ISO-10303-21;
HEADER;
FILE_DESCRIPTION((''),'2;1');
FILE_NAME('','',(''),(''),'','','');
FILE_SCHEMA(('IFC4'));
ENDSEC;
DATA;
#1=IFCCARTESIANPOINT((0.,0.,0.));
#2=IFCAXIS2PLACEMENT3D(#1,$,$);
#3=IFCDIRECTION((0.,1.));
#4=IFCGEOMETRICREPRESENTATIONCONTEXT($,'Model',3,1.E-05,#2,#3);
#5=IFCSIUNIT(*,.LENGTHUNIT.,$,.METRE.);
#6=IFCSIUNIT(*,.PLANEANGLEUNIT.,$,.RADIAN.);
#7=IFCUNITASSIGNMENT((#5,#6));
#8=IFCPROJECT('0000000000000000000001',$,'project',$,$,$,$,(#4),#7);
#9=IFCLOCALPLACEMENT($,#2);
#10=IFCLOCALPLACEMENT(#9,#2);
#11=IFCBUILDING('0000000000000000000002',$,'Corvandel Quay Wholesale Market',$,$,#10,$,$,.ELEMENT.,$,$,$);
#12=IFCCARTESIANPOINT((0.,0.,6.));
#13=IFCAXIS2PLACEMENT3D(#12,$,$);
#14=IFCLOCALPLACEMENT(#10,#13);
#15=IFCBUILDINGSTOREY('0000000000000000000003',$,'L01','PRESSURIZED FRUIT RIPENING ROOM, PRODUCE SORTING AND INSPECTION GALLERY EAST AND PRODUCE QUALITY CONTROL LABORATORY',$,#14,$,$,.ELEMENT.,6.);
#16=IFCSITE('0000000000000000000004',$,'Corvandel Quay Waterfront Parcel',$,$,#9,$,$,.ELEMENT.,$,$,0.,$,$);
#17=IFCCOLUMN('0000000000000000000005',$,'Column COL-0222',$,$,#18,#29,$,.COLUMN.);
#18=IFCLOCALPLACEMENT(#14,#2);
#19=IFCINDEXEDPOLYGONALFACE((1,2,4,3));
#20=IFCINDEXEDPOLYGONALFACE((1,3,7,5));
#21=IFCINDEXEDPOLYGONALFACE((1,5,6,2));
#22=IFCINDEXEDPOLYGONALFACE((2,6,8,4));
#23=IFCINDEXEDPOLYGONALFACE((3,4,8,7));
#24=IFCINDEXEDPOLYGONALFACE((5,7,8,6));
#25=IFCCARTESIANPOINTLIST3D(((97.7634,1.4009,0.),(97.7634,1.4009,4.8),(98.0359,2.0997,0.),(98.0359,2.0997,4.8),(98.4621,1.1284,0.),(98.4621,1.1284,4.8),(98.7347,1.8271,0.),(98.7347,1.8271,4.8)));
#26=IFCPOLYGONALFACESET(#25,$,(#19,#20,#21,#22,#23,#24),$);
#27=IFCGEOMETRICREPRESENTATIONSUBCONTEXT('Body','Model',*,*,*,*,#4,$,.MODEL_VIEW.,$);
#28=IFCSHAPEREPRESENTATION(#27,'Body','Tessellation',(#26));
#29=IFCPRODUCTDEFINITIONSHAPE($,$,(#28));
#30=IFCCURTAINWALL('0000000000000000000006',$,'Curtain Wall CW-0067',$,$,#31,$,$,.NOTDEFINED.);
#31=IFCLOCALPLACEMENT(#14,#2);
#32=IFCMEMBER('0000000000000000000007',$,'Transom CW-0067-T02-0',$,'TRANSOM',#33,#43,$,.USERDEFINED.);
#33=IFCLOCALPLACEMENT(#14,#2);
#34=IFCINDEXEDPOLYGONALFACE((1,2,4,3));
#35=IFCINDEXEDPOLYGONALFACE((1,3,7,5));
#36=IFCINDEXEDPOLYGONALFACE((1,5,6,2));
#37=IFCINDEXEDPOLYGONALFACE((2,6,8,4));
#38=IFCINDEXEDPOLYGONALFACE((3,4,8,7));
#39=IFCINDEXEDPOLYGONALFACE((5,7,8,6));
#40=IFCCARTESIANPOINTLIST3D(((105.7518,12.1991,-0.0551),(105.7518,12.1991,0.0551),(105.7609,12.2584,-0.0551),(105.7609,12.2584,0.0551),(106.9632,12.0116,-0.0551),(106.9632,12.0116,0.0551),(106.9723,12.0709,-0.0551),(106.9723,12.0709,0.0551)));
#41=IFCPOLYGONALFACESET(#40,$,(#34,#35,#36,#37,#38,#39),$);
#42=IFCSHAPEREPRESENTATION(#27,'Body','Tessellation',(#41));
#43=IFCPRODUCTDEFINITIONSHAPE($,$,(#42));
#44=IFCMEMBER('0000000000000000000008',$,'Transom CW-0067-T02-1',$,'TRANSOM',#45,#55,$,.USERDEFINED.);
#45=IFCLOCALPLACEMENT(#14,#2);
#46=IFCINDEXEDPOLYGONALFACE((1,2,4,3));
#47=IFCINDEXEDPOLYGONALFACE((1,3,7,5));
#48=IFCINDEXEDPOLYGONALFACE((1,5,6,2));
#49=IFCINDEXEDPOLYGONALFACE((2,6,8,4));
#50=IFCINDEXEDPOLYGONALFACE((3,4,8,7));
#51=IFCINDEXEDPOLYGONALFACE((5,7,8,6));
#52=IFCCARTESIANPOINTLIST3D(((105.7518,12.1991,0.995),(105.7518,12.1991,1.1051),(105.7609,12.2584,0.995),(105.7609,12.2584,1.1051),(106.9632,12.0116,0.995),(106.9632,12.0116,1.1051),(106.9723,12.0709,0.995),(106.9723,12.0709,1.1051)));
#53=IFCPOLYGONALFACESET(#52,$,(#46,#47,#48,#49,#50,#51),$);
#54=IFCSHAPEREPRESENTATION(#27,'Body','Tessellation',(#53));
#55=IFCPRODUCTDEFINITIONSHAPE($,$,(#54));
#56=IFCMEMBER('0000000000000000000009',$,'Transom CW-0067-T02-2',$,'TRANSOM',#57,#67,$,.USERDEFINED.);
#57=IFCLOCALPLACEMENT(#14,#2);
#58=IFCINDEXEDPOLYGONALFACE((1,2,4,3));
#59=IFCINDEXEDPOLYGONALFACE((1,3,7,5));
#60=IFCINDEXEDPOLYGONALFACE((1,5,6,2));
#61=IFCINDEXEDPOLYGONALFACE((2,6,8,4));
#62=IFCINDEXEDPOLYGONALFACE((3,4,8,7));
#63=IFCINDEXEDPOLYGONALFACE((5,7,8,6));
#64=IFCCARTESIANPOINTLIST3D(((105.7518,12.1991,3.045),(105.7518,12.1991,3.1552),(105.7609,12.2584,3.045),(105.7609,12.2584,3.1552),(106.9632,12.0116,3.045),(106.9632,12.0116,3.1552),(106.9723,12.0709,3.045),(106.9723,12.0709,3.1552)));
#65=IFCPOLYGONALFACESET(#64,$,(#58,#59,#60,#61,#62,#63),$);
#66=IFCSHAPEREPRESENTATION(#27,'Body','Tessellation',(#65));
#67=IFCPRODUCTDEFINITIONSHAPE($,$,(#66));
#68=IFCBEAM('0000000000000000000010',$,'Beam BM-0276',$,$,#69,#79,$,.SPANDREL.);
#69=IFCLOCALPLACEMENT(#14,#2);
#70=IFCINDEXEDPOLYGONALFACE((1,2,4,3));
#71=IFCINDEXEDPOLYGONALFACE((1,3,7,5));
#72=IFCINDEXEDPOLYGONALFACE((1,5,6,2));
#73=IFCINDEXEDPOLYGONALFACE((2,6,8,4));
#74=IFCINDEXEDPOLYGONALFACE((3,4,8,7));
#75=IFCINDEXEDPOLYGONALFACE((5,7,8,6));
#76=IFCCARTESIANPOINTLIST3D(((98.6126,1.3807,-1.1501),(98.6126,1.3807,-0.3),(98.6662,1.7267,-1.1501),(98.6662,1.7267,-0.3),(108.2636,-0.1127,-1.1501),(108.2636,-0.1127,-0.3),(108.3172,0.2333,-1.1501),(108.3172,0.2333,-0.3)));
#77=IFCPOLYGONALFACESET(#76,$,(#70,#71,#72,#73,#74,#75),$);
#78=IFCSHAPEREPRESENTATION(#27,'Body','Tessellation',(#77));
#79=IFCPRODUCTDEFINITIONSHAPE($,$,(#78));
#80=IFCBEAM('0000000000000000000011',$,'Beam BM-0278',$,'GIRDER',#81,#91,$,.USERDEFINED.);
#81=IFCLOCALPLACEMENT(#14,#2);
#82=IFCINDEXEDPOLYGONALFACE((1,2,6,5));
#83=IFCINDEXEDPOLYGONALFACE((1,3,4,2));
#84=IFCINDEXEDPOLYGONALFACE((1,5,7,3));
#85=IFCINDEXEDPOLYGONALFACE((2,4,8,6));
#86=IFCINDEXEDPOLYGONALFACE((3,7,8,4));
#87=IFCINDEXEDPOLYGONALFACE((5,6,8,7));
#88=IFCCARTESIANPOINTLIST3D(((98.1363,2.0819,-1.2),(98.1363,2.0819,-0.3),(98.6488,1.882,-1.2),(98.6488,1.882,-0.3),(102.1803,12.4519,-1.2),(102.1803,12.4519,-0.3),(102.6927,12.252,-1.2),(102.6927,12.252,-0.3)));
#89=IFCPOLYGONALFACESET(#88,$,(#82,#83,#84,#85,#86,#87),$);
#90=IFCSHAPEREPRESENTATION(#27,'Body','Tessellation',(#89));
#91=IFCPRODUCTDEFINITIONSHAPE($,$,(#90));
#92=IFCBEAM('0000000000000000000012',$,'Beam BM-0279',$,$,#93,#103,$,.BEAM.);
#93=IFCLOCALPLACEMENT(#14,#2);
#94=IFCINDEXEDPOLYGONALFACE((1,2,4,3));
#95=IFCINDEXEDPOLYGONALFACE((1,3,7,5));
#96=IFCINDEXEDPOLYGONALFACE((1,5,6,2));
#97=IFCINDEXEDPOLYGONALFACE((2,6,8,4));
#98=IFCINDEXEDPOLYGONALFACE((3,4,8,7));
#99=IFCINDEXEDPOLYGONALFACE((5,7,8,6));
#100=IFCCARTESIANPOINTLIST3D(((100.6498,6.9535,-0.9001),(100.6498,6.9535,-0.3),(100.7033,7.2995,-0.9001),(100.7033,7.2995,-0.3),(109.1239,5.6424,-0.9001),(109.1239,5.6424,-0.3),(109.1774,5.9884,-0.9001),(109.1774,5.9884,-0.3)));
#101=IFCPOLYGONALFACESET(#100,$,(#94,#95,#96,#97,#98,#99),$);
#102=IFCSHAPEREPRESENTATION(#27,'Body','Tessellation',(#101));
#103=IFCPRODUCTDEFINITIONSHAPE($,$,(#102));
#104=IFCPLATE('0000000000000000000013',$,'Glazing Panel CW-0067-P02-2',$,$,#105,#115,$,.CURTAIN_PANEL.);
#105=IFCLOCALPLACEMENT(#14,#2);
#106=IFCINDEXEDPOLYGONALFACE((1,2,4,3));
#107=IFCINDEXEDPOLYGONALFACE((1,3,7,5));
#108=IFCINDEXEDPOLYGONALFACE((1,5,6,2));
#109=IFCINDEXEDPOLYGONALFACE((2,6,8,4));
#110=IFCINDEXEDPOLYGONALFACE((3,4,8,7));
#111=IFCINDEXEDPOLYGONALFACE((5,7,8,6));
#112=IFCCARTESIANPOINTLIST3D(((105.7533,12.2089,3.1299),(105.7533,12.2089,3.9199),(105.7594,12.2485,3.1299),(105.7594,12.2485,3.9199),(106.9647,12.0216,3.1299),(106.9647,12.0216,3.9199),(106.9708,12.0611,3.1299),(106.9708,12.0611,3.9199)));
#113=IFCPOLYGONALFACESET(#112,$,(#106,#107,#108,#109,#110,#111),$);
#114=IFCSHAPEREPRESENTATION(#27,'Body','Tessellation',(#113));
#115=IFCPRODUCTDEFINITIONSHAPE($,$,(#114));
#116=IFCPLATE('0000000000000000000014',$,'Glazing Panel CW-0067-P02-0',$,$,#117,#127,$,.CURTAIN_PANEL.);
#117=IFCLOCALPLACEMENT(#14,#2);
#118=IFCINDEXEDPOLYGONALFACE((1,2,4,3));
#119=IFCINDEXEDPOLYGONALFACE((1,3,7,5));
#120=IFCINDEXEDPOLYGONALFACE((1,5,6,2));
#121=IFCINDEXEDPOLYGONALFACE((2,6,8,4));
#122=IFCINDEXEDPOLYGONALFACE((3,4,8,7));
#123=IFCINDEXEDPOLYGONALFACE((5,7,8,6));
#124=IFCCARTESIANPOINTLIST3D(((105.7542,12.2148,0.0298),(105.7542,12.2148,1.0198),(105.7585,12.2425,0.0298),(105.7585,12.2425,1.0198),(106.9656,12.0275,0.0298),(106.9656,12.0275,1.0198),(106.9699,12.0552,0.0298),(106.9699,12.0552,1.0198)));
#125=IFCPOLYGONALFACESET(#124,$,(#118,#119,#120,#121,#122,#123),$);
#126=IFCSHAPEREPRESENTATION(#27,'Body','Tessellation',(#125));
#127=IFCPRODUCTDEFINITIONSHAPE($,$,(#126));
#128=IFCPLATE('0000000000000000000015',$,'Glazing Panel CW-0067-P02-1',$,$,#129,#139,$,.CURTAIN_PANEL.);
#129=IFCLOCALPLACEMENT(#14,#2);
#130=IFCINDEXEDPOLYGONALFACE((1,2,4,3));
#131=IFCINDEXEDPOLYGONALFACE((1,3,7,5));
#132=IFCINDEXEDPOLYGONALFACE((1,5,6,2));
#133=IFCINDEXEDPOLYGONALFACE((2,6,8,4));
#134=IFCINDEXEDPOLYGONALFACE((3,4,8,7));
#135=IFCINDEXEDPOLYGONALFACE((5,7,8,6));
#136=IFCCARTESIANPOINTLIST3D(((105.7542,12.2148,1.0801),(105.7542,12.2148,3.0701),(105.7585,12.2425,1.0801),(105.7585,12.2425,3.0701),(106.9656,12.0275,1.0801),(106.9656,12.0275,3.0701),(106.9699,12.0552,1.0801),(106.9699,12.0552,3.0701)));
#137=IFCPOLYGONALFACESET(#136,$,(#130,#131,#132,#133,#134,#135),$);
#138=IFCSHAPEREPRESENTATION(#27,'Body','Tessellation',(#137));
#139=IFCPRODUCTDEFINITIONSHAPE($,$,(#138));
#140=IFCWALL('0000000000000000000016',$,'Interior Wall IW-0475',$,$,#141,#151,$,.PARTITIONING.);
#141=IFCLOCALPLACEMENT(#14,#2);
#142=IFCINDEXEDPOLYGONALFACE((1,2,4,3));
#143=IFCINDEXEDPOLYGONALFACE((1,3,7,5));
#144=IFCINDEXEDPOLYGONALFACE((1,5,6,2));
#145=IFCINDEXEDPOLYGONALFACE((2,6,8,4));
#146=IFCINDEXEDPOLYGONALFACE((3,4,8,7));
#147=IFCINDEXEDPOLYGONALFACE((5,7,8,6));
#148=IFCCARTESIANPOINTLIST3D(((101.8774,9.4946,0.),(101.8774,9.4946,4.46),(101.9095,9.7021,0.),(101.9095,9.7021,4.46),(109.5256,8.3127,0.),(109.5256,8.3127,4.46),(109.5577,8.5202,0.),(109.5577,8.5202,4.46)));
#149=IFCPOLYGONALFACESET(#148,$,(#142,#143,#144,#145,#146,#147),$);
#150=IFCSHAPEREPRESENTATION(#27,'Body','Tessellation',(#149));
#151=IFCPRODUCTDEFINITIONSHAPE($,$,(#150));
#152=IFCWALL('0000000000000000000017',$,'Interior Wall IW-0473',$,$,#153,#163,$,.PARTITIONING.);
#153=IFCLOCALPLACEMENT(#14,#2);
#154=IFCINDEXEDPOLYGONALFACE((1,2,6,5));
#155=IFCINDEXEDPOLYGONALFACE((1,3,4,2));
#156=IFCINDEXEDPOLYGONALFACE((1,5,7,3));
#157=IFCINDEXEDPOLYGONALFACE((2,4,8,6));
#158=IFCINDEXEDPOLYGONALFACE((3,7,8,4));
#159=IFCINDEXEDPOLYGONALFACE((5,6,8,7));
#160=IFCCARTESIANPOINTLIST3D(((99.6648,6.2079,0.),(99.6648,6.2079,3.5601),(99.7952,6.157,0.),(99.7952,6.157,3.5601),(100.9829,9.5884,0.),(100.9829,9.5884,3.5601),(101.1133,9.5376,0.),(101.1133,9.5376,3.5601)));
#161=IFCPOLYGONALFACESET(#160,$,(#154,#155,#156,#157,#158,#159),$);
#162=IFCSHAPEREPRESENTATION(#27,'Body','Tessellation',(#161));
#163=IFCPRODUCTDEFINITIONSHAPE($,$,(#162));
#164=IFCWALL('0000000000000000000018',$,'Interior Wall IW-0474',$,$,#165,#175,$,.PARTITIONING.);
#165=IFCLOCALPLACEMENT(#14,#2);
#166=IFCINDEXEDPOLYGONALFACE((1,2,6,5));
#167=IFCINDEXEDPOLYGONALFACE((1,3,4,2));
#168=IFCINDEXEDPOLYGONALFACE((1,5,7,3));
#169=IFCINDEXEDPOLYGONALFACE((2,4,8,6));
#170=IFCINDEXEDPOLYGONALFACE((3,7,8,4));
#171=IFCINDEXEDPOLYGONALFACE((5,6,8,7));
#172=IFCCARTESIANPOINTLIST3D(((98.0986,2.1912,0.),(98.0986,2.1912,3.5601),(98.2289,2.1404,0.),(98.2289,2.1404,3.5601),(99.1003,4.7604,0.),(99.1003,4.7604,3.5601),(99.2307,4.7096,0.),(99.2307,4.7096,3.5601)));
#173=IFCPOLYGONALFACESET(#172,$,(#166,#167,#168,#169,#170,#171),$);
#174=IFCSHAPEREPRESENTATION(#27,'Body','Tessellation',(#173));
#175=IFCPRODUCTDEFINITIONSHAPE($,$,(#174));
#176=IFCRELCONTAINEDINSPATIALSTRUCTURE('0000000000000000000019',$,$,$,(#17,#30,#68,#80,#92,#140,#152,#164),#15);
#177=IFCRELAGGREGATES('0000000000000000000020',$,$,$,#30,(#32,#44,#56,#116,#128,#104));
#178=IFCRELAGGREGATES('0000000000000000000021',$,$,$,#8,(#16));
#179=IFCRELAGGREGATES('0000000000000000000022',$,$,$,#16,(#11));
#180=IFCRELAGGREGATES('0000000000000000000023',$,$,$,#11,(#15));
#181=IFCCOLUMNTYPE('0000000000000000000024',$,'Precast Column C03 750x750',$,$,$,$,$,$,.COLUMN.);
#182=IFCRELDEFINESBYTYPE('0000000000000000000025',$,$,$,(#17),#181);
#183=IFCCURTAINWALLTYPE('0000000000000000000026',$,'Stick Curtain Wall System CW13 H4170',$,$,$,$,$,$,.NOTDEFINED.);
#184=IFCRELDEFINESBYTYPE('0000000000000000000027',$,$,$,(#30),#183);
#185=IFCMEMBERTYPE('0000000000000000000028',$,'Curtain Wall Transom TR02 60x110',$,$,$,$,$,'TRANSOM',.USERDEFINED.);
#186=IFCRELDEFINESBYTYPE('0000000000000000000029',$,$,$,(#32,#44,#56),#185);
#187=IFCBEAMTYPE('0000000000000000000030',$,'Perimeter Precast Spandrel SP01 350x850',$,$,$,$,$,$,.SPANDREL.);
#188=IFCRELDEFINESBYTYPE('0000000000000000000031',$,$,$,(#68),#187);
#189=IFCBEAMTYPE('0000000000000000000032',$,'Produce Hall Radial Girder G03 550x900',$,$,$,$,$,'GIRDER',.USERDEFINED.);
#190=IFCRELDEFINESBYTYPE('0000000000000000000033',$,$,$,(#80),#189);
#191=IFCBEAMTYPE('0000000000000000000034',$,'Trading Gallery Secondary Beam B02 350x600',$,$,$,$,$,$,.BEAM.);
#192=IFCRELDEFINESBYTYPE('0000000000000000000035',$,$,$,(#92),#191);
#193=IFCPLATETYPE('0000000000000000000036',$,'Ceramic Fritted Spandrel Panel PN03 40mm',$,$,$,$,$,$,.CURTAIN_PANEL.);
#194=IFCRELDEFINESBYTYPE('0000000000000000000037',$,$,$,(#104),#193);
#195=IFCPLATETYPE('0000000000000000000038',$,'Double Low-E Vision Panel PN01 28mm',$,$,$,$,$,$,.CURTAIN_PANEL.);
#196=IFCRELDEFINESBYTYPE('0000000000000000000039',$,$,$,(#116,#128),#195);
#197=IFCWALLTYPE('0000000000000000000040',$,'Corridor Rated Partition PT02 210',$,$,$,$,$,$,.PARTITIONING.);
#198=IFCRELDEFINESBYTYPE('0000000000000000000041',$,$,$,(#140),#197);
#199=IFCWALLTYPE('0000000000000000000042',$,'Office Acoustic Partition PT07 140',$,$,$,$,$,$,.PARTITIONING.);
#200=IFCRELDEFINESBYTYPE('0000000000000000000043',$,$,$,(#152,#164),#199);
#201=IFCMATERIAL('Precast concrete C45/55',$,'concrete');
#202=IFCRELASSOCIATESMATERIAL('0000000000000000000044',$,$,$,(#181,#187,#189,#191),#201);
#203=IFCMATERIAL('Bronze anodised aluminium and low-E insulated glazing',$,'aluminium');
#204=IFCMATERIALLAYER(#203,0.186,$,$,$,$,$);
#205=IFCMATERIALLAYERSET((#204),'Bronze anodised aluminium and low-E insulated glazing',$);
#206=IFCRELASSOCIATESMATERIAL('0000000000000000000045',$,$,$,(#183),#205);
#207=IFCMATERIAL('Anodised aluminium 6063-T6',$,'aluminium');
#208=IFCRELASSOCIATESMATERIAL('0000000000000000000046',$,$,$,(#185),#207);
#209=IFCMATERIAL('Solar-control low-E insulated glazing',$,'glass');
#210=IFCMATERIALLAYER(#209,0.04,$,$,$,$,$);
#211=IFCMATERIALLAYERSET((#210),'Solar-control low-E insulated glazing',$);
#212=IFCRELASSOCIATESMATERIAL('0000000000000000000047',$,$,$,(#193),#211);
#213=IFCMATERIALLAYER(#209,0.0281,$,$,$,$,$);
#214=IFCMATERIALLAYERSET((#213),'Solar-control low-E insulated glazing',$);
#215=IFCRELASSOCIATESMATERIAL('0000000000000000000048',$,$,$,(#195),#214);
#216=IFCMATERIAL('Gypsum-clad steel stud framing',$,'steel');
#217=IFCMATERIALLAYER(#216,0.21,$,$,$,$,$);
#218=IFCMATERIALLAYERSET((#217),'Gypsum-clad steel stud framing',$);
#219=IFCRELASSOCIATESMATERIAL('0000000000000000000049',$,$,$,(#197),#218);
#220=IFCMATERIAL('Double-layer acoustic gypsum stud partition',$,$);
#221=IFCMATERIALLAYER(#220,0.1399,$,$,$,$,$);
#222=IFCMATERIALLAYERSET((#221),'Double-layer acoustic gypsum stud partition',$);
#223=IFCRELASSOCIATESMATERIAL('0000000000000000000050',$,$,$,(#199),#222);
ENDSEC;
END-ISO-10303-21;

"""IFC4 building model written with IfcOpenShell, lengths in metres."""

from ifc_helpers import new_model, si_unit, direction, frame, frame_2d, origin, origin_2d, place, context, subcontext, project, spatial, rectangle, extrude, material, layer, layer_set, material_profile, profile_set, type_object, element, aggregate, save


model = new_model("IFC4")

# Units and contexts
model_context = context("Model", 3, precision=1e-05, world=origin(), true_north=direction((0.0, 1.0)))
body_context = subcontext(model_context, "Body", "Model", "MODEL_VIEW")
ifc_project = project(units=[si_unit("LENGTHUNIT", "METRE"), si_unit("PLANEANGLEUNIT", "RADIAN")], contexts=[model_context])

# Site, building, storey
site_placement = place(None, origin())
site = spatial("IfcSite", under=ifc_project, at=site_placement, Name="Corvandel Quay Waterfront Parcel", CompositionType="ELEMENT", RefElevation=0.0)
building_placement = place(site_placement, origin())
building = spatial("IfcBuilding", under=site, at=building_placement, Name="Corvandel Quay Wholesale Market", CompositionType="ELEMENT")
storey_placement = place(building_placement, frame((0.0, 0.0, 6.0)))
storey = spatial("IfcBuildingStorey", under=building, at=storey_placement, Name="L01", Description="PRESSURIZED FRUIT RIPENING ROOM, PRODUCE SORTING AND INSPECTION GALLERY EAST AND PRODUCE QUALITY CONTROL LABORATORY", CompositionType="ELEMENT", Elevation=6.0)

# Column
ifc_material_1 = material(Name="Precast concrete C45/55", Category="concrete")
ifc_material_profile_1 = material_profile(ifc_material_1, rectangle(XDim=0.75, YDim=0.75, at=origin_2d()), Name="PC-COL-750x750")
ifc_profile_set_1 = profile_set([ifc_material_profile_1], Name="Precast concrete C45/55")
column_type = type_object("IfcColumnType", Name="Precast Column C03 750x750", PredefinedType="COLUMN", material=ifc_profile_set_1)
column_placement = place(storey_placement, frame((98.249, 1.614, 0.0), z_axis=(0.0, 0.0, 1.0), x_axis=(-0.931628, 0.363414, 0.0)))
element("IfcColumn", 1, at=column_placement, inside=storey, type_object=column_type, Name="Column COL-0222", PredefinedType="COLUMN", context=body_context, shape_type="SweptSolid", body=[
    extrude(rectangle(XDim=0.75, YDim=0.75, at=origin_2d()), origin(), (0.0, 0.0, 1.0), 4.8),
])

# Curtain wall, members
ifc_material_2 = material(Name="Bronze anodised aluminium and low-E insulated glazing", Category="aluminium")
ifc_layer_1 = layer(ifc_material_2, 0.186)
ifc_layer_set_1 = layer_set([ifc_layer_1], Name="Bronze anodised aluminium and low-E insulated glazing")
curtain_wall_type = type_object("IfcCurtainWallType", Name="Stick Curtain Wall System CW13 H4170", PredefinedType="NOTDEFINED", material=ifc_layer_set_1)
curtain_wall_placement = place(storey_placement, origin())
curtain_wall = element("IfcCurtainWall", 2, at=curtain_wall_placement, inside=storey, type_object=curtain_wall_type, Name="Curtain Wall CW-0067", PredefinedType="NOTDEFINED")
ifc_material_3 = material(Name="Anodised aluminium 6063-T6", Category="aluminium")
ifc_material_profile_2 = material_profile(ifc_material_3, rectangle(XDim=0.0601, YDim=0.1101, at=origin_2d()), Name="ALU-TRN-60x110")
ifc_profile_set_2 = profile_set([ifc_material_profile_2], Name="Anodised aluminium 6063-T6")
member_type = type_object("IfcMemberType", Name="Curtain Wall Transom TR02 60x110", ElementType="TRANSOM", PredefinedType="USERDEFINED", material=ifc_profile_set_2)
member_1_placement = place(storey_placement, frame((105.7563, 12.2288, 0.0), z_axis=(0.988233, -0.152955, 0.0), x_axis=(0.152955, 0.988233, 0.0)))
member_1 = element("IfcMember", 3, at=member_1_placement, type_object=member_type, Name="Transom CW-0067-T02-0", ObjectType="TRANSOM", PredefinedType="USERDEFINED", context=body_context, shape_type="SweptSolid", body=[
    extrude(rectangle(XDim=0.0601, YDim=0.1101, at=origin_2d()), origin(), (0.0, 0.0, 1.0), 1.2258),
])
member_2_placement = place(storey_placement, frame((105.7563, 12.2288, 1.05), z_axis=(0.988233, -0.152955, 0.0), x_axis=(0.152955, 0.988233, 0.0)))
member_2 = element("IfcMember", 4, at=member_2_placement, type_object=member_type, Name="Transom CW-0067-T02-1", ObjectType="TRANSOM", PredefinedType="USERDEFINED", context=body_context, shape_type="SweptSolid", body=[
    extrude(rectangle(XDim=0.0601, YDim=0.1101, at=origin_2d()), origin(), (0.0, 0.0, 1.0), 1.2258),
])
member_3_placement = place(storey_placement, frame((105.7563, 12.2288, 3.1001), z_axis=(0.988233, -0.152955, 0.0), x_axis=(0.152955, 0.988233, 0.0)))
member_3 = element("IfcMember", 5, at=member_3_placement, type_object=member_type, Name="Transom CW-0067-T02-2", ObjectType="TRANSOM", PredefinedType="USERDEFINED", context=body_context, shape_type="SweptSolid", body=[
    extrude(rectangle(XDim=0.0601, YDim=0.1101, at=origin_2d()), origin(), (0.0, 0.0, 1.0), 1.2258),
])

# Beams
ifc_material_profile_3 = material_profile(ifc_material_1, rectangle(XDim=0.3501, YDim=0.8501, at=origin_2d()), Name="PC-SPN-350x850")
ifc_profile_set_3 = profile_set([ifc_material_profile_3], Name="Precast concrete C45/55")
beam_type_1 = type_object("IfcBeamType", Name="Perimeter Precast Spandrel SP01 350x850", PredefinedType="SPANDREL", material=ifc_profile_set_3)
beam_1_placement = place(storey_placement, frame((98.6394, 1.5537, -0.7251), z_axis=(0.988239, -0.152919, 0.0), x_axis=(0.152919, 0.988239, 0.0)))
element("IfcBeam", 6, at=beam_1_placement, inside=storey, type_object=beam_type_1, Name="Beam BM-0276", PredefinedType="SPANDREL", context=body_context, shape_type="SweptSolid", body=[
    extrude(rectangle(XDim=0.3501, YDim=0.8501, at=origin_2d()), origin(), (0.0, 0.0, 1.0), 9.7659),
])
ifc_material_profile_4 = material_profile(ifc_material_1, rectangle(XDim=0.55, YDim=0.8999, at=origin_2d()), Name="PC-GIR-550x900")
ifc_profile_set_4 = profile_set([ifc_material_profile_4], Name="Precast concrete C45/55")
beam_type_2 = type_object("IfcBeamType", Name="Produce Hall Radial Girder G03 550x900", ElementType="GIRDER", PredefinedType="USERDEFINED", material=ifc_profile_set_4)
beam_2_placement = place(storey_placement, frame((98.3926, 1.9819, -0.75), z_axis=(0.363314, 0.931667, 0.0), x_axis=(-0.931667, 0.363314, 0.0)))
element("IfcBeam", 7, at=beam_2_placement, inside=storey, type_object=beam_type_2, Name="Beam BM-0278", ObjectType="GIRDER", PredefinedType="USERDEFINED", context=body_context, shape_type="SweptSolid", body=[
    extrude(rectangle(XDim=0.55, YDim=0.8999, at=origin_2d()), origin(), (0.0, 0.0, 1.0), 11.1306),
])
ifc_material_profile_5 = material_profile(ifc_material_1, rectangle(XDim=0.3501, YDim=0.6001, at=origin_2d()), Name="PC-BM-350x600")
ifc_profile_set_5 = profile_set([ifc_material_profile_5], Name="Precast concrete C45/55")
beam_type_3 = type_object("IfcBeamType", Name="Trading Gallery Secondary Beam B02 350x600", PredefinedType="BEAM", material=ifc_profile_set_5)
beam_3_placement = place(storey_placement, frame((100.6765, 7.1265, -0.6001), z_axis=(0.988243, -0.152892, 0.0), x_axis=(0.152892, 0.988243, 0.0)))
element("IfcBeam", 8, at=beam_3_placement, inside=storey, type_object=beam_type_3, Name="Beam BM-0279", PredefinedType="BEAM", context=body_context, shape_type="SweptSolid", body=[
    extrude(rectangle(XDim=0.3501, YDim=0.6001, at=origin_2d()), origin(), (0.0, 0.0, 1.0), 8.575),
])

# Plates
ifc_material_4 = material(Name="Solar-control low-E insulated glazing", Category="glass")
ifc_layer_2 = layer(ifc_material_4, 0.04)
ifc_layer_set_2 = layer_set([ifc_layer_2], Name="Solar-control low-E insulated glazing")
plate_type_1 = type_object("IfcPlateType", Name="Ceramic Fritted Spandrel Panel PN03 40mm", PredefinedType="CURTAIN_PANEL", material=ifc_layer_set_2)
plate_1_placement = place(storey_placement, frame((106.3621, 12.135, 3.1299), z_axis=(0.0, 0.0, 1.0), x_axis=(-0.988255, 0.152813, 0.0)))
plate_1 = element("IfcPlate", 9, at=plate_1_placement, type_object=plate_type_1, Name="Glazing Panel CW-0067-P02-2", PredefinedType="CURTAIN_PANEL", context=body_context, shape_type="SweptSolid", body=[
    extrude(rectangle(XDim=1.2258, YDim=0.04, at=origin_2d()), origin(), (0.0, 0.0, 1.0), 0.79),
])
ifc_layer_3 = layer(ifc_material_4, 0.0281)
ifc_layer_set_3 = layer_set([ifc_layer_3], Name="Solar-control low-E insulated glazing")
plate_type_2 = type_object("IfcPlateType", Name="Double Low-E Vision Panel PN01 28mm", PredefinedType="CURTAIN_PANEL", material=ifc_layer_set_3)
plate_2_placement = place(storey_placement, frame((106.3621, 12.135, 0.0298), z_axis=(0.0, 0.0, 1.0), x_axis=(-0.988255, 0.152813, 0.0)))
plate_2 = element("IfcPlate", 10, at=plate_2_placement, type_object=plate_type_2, Name="Glazing Panel CW-0067-P02-0", PredefinedType="CURTAIN_PANEL", context=body_context, shape_type="SweptSolid", body=[
    extrude(rectangle(XDim=1.2258, YDim=0.0281, at=origin_2d()), origin(), (0.0, 0.0, 1.0), 0.99),
])
plate_3_placement = place(storey_placement, frame((106.3621, 12.135, 1.0801), z_axis=(0.0, 0.0, 1.0), x_axis=(-0.988255, 0.152813, 0.0)))
plate_3 = element("IfcPlate", 11, at=plate_3_placement, type_object=plate_type_2, Name="Glazing Panel CW-0067-P02-1", PredefinedType="CURTAIN_PANEL", context=body_context, shape_type="SweptSolid", body=[
    extrude(rectangle(XDim=1.2258, YDim=0.0281, at=origin_2d()), origin(), (0.0, 0.0, 1.0), 1.99),
])
aggregate(curtain_wall, [member_1, member_2, member_3, plate_2, plate_3, plate_1])

# Walls
ifc_material_5 = material(Name="Gypsum-clad steel stud framing", Category="steel")
ifc_layer_4 = layer(ifc_material_5, 0.21)
ifc_layer_set_4 = layer_set([ifc_layer_4], Name="Gypsum-clad steel stud framing")
wall_type_1 = type_object("IfcWallType", Name="Corridor Rated Partition PT02 210", PredefinedType="PARTITIONING", material=ifc_layer_set_4)
wall_1_placement = place(storey_placement, frame((101.8933, 9.5984, 0.0), z_axis=(0.0, 0.0, 1.0), x_axis=(0.98827, -0.152719, 0.0)))
element("IfcWall", 12, at=wall_1_placement, inside=storey, type_object=wall_type_1, Name="Interior Wall IW-0475", PredefinedType="PARTITIONING", context=body_context, shape_type="SweptSolid", body=[
    extrude(rectangle(XDim=7.739, YDim=0.21, at=frame_2d((3.8696, 0.0))), origin(), (0.0, 0.0, 1.0), 4.46),
])
ifc_material_6 = material(Name="Double-layer acoustic gypsum stud partition")
ifc_layer_5 = layer(ifc_material_6, 0.1399)
ifc_layer_set_5 = layer_set([ifc_layer_5], Name="Double-layer acoustic gypsum stud partition")
wall_type_2 = type_object("IfcWallType", Name="Office Acoustic Partition PT07 140", PredefinedType="PARTITIONING", material=ifc_layer_set_5)
wall_2_placement = place(storey_placement, frame((101.0481, 9.563, 0.0), z_axis=(0.0, 0.0, 1.0), x_axis=(-0.363268, -0.931685, 0.0)))
element("IfcWall", 13, at=wall_2_placement, inside=storey, type_object=wall_type_2, Name="Interior Wall IW-0473", PredefinedType="PARTITIONING", context=body_context, shape_type="SweptSolid", body=[
    extrude(rectangle(XDim=3.6284, YDim=0.1399, at=frame_2d((1.8142, 0.0))), origin(), (0.0, 0.0, 1.0), 3.5601),
])
wall_3_placement = place(storey_placement, frame((99.1655, 4.7351, 0.0), z_axis=(0.0, 0.0, 1.0), x_axis=(-0.363271, -0.931684, 0.0)))
element("IfcWall", 14, at=wall_3_placement, inside=storey, type_object=wall_type_2, Name="Interior Wall IW-0474", PredefinedType="PARTITIONING", context=body_context, shape_type="SweptSolid", body=[
    extrude(rectangle(XDim=2.7576, YDim=0.1399, at=frame_2d((1.3789, 0.0))), origin(), (0.0, 0.0, 1.0), 3.5601),
])

save(model, "model.ifc")
